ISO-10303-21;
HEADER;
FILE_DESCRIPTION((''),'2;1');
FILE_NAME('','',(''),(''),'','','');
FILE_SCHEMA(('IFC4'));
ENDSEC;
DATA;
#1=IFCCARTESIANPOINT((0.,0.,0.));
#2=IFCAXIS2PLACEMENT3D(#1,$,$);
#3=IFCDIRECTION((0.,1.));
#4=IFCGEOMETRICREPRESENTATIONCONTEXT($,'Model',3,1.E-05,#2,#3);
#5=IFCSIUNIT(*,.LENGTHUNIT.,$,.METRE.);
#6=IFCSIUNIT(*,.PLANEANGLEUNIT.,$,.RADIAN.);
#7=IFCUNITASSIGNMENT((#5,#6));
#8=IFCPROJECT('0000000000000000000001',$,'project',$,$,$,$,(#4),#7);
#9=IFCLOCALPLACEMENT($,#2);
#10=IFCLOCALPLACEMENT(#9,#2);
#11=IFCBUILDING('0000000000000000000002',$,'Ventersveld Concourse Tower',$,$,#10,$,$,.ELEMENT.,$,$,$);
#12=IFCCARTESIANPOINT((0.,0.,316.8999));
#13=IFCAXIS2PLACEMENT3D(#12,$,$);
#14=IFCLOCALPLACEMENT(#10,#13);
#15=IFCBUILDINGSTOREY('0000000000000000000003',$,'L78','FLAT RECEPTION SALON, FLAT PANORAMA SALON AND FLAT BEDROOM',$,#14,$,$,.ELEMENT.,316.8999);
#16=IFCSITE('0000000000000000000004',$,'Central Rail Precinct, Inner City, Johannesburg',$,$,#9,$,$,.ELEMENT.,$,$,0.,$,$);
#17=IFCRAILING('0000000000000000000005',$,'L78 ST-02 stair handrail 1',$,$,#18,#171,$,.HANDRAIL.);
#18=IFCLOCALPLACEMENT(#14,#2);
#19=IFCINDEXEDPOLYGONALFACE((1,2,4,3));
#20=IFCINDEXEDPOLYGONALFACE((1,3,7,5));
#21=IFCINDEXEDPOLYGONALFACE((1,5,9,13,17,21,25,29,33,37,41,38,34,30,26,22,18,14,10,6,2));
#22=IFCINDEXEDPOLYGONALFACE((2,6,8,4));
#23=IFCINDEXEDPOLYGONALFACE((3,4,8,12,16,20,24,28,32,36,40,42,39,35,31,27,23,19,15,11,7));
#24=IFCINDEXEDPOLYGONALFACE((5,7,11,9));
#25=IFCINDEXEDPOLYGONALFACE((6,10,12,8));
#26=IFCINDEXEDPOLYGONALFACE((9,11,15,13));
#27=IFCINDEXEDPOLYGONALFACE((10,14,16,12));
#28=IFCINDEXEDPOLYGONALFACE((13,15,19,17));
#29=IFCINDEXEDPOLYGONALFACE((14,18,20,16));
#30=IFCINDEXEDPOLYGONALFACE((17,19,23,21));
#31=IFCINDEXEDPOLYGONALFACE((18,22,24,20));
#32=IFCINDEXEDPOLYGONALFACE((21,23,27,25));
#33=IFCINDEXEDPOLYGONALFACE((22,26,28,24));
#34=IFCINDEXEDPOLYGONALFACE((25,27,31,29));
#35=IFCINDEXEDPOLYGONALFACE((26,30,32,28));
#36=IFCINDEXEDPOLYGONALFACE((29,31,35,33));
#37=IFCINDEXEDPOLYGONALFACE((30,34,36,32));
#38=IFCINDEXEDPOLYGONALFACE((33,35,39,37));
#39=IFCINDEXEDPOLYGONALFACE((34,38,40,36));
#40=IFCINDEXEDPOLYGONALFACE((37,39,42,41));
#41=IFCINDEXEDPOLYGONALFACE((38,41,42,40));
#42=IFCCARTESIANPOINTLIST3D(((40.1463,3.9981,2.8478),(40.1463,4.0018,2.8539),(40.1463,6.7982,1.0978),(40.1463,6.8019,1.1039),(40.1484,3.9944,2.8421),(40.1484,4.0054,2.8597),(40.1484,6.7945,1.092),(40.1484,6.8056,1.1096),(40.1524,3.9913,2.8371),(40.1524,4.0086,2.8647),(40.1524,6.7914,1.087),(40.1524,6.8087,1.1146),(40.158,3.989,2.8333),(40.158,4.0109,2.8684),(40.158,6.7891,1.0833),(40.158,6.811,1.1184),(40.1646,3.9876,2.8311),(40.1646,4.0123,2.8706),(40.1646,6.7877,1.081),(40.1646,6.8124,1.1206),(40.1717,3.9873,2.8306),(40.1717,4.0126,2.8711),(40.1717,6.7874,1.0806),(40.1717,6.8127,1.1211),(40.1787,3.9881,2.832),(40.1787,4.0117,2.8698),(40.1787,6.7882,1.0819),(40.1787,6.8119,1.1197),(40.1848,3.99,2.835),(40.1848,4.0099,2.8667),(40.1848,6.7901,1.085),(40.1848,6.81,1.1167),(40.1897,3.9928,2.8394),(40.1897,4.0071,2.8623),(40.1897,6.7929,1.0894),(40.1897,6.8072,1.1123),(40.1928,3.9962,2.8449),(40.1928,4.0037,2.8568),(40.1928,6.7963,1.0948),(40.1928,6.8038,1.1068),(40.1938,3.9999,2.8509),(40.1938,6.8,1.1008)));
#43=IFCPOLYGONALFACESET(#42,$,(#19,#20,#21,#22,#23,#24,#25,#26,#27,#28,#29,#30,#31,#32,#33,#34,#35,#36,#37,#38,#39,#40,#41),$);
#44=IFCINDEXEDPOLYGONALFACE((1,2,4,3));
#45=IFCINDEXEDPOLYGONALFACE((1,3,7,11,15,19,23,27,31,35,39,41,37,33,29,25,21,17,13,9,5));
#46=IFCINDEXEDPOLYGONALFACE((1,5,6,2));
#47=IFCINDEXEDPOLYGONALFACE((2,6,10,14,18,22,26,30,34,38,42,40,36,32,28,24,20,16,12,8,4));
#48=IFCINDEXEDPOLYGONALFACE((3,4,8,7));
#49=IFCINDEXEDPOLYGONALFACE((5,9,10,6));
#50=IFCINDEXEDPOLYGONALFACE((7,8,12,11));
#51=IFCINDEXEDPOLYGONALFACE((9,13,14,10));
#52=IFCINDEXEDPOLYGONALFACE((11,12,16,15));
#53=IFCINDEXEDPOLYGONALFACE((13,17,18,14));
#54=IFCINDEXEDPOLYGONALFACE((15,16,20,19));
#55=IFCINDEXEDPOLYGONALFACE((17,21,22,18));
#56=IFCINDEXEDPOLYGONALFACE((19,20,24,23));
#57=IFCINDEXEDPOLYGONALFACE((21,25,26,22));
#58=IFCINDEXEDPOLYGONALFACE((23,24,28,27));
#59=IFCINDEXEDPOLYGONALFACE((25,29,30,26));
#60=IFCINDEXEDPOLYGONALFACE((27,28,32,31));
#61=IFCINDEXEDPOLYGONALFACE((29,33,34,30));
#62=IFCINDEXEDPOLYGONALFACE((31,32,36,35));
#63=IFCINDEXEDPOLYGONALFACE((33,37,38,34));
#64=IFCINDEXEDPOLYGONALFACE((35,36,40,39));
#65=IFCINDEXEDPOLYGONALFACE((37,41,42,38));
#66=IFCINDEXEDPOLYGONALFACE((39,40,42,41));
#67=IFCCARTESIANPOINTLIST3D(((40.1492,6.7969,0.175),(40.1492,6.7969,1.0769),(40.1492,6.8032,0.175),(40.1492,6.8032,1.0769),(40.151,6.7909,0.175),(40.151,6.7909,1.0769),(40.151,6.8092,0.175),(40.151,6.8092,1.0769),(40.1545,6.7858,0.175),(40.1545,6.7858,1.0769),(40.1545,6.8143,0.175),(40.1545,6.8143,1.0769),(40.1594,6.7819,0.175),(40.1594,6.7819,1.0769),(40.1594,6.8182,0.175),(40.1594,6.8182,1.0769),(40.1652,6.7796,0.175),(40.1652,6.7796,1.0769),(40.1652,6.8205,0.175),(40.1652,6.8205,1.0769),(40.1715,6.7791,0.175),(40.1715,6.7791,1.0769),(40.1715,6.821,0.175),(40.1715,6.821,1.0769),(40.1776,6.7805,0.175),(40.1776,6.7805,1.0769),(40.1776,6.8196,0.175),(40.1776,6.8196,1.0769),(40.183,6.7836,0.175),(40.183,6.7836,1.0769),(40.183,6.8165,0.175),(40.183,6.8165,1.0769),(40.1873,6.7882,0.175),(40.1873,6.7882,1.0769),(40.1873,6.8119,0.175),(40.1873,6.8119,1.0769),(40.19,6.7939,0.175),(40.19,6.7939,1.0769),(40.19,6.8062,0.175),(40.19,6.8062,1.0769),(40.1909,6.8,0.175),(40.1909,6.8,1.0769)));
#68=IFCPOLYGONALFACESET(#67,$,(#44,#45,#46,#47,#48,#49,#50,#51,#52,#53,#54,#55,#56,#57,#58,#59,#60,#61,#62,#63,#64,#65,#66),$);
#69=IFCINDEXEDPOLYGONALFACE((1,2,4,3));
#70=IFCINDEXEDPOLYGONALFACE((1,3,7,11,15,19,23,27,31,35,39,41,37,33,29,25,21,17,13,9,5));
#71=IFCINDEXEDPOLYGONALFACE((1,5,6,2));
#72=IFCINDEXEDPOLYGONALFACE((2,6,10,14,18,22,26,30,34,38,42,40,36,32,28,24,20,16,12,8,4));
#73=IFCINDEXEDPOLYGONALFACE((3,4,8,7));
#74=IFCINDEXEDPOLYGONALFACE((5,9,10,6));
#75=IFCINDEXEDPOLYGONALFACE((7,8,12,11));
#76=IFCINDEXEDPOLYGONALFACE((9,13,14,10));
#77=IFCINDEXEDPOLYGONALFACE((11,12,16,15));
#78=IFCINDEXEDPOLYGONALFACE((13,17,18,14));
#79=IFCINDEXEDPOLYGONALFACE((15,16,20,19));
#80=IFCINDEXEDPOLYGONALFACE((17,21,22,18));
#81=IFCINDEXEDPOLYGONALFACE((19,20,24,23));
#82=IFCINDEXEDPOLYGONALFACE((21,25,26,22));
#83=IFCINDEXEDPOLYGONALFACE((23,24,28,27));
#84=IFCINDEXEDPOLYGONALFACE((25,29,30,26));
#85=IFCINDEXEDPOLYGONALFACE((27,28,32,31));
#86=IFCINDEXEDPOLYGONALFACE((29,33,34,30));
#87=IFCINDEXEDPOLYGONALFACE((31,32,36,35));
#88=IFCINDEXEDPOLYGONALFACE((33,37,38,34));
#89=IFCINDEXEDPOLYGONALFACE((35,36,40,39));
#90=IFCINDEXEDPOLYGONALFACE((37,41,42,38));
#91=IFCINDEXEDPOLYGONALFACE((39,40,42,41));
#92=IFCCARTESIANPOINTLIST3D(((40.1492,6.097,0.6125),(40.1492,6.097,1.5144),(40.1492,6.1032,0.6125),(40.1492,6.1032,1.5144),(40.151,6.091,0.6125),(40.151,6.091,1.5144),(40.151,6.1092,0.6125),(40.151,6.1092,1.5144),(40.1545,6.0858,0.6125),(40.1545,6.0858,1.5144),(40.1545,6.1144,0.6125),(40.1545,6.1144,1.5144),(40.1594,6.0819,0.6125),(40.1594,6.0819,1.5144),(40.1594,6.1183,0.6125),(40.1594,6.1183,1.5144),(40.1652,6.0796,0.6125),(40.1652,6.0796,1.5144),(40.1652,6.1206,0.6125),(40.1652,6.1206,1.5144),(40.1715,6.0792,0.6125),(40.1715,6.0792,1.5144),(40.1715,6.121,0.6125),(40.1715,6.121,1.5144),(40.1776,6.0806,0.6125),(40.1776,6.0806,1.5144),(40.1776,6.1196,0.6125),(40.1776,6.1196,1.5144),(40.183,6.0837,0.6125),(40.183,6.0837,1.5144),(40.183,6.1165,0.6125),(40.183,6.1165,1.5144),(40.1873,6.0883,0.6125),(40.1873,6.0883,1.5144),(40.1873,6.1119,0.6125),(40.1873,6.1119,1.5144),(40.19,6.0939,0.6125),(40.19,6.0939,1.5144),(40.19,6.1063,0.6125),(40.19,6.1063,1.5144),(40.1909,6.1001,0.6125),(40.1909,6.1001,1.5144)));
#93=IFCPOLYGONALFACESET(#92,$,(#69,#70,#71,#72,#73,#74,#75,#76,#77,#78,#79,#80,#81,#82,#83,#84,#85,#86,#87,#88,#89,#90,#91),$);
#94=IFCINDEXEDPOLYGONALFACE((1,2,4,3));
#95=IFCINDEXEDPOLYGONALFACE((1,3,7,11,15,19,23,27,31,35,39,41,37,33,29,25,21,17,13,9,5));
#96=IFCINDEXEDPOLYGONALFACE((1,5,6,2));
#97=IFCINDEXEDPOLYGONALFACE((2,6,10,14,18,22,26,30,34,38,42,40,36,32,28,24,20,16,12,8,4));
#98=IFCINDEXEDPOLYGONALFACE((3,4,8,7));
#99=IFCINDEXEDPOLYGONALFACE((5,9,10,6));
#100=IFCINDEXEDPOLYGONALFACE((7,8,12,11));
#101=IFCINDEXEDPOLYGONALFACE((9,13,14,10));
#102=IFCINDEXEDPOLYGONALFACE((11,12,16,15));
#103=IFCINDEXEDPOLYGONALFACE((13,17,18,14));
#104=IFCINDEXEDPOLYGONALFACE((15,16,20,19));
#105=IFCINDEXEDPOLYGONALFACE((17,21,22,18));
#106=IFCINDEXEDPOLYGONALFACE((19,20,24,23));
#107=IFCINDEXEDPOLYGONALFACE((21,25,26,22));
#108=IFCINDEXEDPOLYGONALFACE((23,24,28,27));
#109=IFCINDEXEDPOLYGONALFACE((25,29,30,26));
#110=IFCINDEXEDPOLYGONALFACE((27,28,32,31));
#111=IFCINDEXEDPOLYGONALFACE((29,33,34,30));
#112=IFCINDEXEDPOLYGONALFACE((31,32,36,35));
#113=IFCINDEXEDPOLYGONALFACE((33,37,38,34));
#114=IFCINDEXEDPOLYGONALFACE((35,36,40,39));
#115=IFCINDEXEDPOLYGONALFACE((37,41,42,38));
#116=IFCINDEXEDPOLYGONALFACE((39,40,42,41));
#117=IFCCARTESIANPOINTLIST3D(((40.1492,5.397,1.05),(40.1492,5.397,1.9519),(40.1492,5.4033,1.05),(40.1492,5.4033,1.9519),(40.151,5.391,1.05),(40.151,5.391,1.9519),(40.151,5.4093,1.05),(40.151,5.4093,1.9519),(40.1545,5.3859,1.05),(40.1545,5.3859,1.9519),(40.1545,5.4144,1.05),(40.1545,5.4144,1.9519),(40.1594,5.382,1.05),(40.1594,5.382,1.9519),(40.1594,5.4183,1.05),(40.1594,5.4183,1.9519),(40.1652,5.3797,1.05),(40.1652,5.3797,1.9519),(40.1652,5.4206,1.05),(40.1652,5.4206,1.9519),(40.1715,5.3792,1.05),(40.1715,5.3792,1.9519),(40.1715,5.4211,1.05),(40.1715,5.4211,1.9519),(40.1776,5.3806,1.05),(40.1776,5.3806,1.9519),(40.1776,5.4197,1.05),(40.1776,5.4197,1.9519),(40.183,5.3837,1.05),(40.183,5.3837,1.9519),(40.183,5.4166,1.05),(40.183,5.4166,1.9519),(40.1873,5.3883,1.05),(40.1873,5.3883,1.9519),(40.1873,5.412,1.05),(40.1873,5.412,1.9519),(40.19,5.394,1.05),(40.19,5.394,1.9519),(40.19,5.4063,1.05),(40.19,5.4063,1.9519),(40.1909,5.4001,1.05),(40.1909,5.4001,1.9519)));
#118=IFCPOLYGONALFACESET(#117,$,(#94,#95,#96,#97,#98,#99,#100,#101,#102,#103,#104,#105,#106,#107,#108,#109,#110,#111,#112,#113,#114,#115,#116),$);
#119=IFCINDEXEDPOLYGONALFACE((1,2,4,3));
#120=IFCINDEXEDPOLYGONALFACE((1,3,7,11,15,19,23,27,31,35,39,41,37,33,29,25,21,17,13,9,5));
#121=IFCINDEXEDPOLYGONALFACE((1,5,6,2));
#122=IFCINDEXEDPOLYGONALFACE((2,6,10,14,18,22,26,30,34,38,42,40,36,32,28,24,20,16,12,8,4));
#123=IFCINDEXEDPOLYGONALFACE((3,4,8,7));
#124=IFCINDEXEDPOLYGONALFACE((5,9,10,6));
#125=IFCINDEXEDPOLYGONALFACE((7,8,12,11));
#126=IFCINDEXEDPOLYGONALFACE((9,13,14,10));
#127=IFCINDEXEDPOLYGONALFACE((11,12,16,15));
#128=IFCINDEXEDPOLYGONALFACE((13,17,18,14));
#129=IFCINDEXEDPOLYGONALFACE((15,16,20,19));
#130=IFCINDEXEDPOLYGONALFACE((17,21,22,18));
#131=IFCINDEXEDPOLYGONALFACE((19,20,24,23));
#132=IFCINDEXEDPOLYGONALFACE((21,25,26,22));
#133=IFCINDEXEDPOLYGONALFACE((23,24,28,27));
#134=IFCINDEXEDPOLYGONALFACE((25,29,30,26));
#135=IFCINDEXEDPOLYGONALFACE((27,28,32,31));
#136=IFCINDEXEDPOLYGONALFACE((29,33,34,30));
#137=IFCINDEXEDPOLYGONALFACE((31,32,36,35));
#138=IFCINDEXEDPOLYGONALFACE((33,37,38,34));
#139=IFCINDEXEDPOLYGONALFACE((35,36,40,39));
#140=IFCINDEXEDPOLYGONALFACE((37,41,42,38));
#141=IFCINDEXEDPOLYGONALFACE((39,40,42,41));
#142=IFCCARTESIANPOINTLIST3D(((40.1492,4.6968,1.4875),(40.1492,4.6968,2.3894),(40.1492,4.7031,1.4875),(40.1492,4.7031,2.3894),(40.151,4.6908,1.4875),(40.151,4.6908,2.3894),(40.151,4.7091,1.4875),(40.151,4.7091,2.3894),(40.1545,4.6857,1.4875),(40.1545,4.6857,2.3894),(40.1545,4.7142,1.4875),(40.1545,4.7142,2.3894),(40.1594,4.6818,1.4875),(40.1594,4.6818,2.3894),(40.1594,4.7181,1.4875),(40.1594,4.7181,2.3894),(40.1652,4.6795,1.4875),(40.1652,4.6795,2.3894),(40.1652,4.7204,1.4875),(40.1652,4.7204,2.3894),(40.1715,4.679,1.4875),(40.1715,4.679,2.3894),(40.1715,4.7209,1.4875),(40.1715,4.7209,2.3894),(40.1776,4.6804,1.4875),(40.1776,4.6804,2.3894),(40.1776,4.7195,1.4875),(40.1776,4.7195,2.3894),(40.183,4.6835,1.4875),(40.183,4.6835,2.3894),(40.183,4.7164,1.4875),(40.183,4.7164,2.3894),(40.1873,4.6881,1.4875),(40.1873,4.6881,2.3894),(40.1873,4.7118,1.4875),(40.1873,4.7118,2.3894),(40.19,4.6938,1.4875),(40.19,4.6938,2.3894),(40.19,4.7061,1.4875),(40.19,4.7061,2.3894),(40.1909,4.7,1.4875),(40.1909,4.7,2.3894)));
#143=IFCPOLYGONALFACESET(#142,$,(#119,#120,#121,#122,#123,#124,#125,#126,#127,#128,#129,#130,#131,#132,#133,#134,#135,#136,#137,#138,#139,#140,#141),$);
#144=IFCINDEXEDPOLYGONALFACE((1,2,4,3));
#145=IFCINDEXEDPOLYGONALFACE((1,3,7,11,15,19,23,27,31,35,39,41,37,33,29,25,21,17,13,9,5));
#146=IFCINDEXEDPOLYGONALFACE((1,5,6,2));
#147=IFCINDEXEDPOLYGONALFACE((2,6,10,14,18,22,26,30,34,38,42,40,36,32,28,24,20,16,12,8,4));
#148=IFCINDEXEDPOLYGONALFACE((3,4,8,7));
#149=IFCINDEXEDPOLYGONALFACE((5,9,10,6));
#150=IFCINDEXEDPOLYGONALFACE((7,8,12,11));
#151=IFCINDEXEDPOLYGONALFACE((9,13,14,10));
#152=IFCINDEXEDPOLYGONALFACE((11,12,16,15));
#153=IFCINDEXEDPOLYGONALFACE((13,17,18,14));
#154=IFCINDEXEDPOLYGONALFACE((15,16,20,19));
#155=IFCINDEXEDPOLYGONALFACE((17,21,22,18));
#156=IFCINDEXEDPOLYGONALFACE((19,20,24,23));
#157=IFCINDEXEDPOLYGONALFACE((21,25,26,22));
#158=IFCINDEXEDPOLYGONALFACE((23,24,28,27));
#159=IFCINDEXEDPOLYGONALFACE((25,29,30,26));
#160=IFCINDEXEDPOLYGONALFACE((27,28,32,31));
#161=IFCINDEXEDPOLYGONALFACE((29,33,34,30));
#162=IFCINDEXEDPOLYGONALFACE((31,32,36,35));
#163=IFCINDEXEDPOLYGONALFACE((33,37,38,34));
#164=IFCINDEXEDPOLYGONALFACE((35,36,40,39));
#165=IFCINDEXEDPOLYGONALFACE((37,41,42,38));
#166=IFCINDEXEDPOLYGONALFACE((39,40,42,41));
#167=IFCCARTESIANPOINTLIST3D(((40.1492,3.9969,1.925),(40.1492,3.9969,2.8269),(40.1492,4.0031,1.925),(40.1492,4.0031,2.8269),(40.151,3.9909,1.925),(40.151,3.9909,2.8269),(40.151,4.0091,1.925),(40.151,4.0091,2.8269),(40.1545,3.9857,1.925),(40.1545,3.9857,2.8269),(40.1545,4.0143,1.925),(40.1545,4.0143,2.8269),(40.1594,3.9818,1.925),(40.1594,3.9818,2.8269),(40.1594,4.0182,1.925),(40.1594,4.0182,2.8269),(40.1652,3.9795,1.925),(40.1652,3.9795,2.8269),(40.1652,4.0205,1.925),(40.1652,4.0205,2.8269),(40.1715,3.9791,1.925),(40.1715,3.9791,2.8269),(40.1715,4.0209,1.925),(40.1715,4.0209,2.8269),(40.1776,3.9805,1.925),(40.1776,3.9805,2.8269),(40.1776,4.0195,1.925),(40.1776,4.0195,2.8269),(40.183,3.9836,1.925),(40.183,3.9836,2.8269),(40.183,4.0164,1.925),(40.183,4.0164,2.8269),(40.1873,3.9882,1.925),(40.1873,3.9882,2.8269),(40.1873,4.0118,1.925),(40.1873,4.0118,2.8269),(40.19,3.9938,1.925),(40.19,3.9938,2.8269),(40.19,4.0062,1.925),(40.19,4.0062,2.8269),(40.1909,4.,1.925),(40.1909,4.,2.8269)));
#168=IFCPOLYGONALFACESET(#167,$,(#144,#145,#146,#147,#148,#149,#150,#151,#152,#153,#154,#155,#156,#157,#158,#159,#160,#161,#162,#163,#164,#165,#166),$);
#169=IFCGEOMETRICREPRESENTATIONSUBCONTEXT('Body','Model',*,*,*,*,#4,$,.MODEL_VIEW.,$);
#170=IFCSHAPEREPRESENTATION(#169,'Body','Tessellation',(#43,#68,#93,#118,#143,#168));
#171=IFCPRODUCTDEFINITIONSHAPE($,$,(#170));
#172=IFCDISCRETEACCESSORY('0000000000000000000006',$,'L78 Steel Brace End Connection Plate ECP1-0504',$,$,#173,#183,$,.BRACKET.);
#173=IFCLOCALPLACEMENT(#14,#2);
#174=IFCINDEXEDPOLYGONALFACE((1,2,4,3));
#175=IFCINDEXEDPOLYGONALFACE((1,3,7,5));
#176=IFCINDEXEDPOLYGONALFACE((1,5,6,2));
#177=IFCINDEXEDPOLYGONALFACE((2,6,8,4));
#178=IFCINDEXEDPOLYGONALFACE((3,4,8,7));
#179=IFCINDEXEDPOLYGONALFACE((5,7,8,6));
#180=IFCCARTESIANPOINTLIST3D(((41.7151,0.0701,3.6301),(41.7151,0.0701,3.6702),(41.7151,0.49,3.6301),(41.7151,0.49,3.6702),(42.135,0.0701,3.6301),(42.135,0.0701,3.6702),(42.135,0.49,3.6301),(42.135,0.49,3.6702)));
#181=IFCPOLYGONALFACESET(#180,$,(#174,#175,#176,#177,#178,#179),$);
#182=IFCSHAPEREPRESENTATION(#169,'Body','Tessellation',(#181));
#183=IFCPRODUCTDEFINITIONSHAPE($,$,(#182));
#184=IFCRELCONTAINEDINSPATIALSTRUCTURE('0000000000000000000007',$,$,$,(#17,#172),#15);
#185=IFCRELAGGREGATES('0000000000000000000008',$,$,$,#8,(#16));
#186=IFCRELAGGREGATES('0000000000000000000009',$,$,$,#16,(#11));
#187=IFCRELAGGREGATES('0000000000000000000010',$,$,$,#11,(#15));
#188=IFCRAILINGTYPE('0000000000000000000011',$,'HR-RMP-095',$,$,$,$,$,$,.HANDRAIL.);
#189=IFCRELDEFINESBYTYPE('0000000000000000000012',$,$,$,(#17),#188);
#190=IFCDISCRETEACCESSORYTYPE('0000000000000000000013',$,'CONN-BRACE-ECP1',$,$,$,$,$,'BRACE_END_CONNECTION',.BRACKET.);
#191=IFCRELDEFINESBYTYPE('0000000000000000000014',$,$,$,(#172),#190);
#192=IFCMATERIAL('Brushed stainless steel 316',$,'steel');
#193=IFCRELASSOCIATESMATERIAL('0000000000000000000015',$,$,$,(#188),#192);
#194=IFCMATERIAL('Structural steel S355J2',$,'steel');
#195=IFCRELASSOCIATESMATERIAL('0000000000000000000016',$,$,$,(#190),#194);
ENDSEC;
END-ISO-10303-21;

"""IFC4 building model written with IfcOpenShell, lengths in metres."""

from ifc_helpers import new_model, si_unit, direction, frame, origin, origin_2d, place, context, subcontext, project, spatial, rectangle, circle, extrude, material, type_object, element, save


model = new_model("IFC4")

# Units and contexts
model_context = context("Model", 3, precision=1e-05, world=origin(), true_north=direction((0.0, 1.0)))
body_context = subcontext(model_context, "Body", "Model", "MODEL_VIEW")
ifc_project = project(units=[si_unit("LENGTHUNIT", "METRE"), si_unit("PLANEANGLEUNIT", "RADIAN")], contexts=[model_context])

# Site, building, storey
site_placement = place(None, origin())
site = spatial("IfcSite", under=ifc_project, at=site_placement, Name="Central Rail Precinct, Inner City, Johannesburg", CompositionType="ELEMENT", RefElevation=0.0)
building_placement = place(site_placement, origin())
building = spatial("IfcBuilding", under=site, at=building_placement, Name="Ventersveld Concourse Tower", CompositionType="ELEMENT")
storey_placement = place(building_placement, frame((0.0, 0.0, 316.8999)))
storey = spatial("IfcBuildingStorey", under=building, at=storey_placement, Name="L78", Description="FLAT RECEPTION SALON, FLAT PANORAMA SALON AND FLAT BEDROOM", CompositionType="ELEMENT", Elevation=316.8999)

# Shared definitions
ifc_material_1 = material(Name="Brushed stainless steel 316", Category="steel")

# Railing
railing_type_1 = type_object("IfcRailingType", Name="HR-RMP-095", PredefinedType="HANDRAIL", material=ifc_material_1)
railing_1_placement = place(storey_placement, frame((40.1699, 6.8, 0.175)))
element("IfcRailing", 1, at=railing_1_placement, inside=storey, type_object=railing_type_1, Name="L78 ST-02 stair handrail 1", PredefinedType="HANDRAIL", context=body_context, shape_type="SweptSolid", body=[
    extrude(circle(Radius=0.0239, at=origin_2d()), frame((0.0, 0.0, 0.9258), z_axis=(0.0, -0.848002, 0.529992), x_axis=(1.0, 0.0, 0.0)), (0.0, 0.0, 1.0), 3.302),
    extrude(circle(Radius=0.021, at=origin_2d()), origin(), (0.0, 0.0, 1.0), 0.9019),
    extrude(circle(Radius=0.021, at=origin_2d()), frame((0.0, -0.7, 0.4375)), (0.0, 0.0, 1.0), 0.9019),
    extrude(circle(Radius=0.021, at=origin_2d()), frame((0.0, -1.3999, 0.875)), (0.0, 0.0, 1.0), 0.9019),
    extrude(circle(Radius=0.021, at=origin_2d()), frame((0.0, -2.1001, 1.3125)), (0.0, 0.0, 1.0), 0.9019),
    extrude(circle(Radius=0.021, at=origin_2d()), frame((0.0, -2.8, 1.75)), (0.0, 0.0, 1.0), 0.9019),
])

# Discrete accessory
ifc_material_2 = material(Name="Structural steel S355J2", Category="steel")
discrete_accessory_type = type_object("IfcDiscreteAccessoryType", Name="CONN-BRACE-ECP1", ElementType="BRACE_END_CONNECTION", PredefinedType="BRACKET", material=ifc_material_2)
discrete_accessory_placement = place(storey_placement, frame((41.925, 0.28, 3.6301), z_axis=(0.0, 0.0, 1.0), x_axis=(1.0, 0.0, 0.0)))
element("IfcDiscreteAccessory", 2, at=discrete_accessory_placement, inside=storey, type_object=discrete_accessory_type, Name="L78 Steel Brace End Connection Plate ECP1-0504", PredefinedType="BRACKET", context=body_context, shape_type="SweptSolid", body=[
    extrude(rectangle(XDim=0.4199, YDim=0.4199, at=origin_2d()), origin(), (0.0, 0.0, 1.0), 0.04),
])

save(model, "model.ifc")
